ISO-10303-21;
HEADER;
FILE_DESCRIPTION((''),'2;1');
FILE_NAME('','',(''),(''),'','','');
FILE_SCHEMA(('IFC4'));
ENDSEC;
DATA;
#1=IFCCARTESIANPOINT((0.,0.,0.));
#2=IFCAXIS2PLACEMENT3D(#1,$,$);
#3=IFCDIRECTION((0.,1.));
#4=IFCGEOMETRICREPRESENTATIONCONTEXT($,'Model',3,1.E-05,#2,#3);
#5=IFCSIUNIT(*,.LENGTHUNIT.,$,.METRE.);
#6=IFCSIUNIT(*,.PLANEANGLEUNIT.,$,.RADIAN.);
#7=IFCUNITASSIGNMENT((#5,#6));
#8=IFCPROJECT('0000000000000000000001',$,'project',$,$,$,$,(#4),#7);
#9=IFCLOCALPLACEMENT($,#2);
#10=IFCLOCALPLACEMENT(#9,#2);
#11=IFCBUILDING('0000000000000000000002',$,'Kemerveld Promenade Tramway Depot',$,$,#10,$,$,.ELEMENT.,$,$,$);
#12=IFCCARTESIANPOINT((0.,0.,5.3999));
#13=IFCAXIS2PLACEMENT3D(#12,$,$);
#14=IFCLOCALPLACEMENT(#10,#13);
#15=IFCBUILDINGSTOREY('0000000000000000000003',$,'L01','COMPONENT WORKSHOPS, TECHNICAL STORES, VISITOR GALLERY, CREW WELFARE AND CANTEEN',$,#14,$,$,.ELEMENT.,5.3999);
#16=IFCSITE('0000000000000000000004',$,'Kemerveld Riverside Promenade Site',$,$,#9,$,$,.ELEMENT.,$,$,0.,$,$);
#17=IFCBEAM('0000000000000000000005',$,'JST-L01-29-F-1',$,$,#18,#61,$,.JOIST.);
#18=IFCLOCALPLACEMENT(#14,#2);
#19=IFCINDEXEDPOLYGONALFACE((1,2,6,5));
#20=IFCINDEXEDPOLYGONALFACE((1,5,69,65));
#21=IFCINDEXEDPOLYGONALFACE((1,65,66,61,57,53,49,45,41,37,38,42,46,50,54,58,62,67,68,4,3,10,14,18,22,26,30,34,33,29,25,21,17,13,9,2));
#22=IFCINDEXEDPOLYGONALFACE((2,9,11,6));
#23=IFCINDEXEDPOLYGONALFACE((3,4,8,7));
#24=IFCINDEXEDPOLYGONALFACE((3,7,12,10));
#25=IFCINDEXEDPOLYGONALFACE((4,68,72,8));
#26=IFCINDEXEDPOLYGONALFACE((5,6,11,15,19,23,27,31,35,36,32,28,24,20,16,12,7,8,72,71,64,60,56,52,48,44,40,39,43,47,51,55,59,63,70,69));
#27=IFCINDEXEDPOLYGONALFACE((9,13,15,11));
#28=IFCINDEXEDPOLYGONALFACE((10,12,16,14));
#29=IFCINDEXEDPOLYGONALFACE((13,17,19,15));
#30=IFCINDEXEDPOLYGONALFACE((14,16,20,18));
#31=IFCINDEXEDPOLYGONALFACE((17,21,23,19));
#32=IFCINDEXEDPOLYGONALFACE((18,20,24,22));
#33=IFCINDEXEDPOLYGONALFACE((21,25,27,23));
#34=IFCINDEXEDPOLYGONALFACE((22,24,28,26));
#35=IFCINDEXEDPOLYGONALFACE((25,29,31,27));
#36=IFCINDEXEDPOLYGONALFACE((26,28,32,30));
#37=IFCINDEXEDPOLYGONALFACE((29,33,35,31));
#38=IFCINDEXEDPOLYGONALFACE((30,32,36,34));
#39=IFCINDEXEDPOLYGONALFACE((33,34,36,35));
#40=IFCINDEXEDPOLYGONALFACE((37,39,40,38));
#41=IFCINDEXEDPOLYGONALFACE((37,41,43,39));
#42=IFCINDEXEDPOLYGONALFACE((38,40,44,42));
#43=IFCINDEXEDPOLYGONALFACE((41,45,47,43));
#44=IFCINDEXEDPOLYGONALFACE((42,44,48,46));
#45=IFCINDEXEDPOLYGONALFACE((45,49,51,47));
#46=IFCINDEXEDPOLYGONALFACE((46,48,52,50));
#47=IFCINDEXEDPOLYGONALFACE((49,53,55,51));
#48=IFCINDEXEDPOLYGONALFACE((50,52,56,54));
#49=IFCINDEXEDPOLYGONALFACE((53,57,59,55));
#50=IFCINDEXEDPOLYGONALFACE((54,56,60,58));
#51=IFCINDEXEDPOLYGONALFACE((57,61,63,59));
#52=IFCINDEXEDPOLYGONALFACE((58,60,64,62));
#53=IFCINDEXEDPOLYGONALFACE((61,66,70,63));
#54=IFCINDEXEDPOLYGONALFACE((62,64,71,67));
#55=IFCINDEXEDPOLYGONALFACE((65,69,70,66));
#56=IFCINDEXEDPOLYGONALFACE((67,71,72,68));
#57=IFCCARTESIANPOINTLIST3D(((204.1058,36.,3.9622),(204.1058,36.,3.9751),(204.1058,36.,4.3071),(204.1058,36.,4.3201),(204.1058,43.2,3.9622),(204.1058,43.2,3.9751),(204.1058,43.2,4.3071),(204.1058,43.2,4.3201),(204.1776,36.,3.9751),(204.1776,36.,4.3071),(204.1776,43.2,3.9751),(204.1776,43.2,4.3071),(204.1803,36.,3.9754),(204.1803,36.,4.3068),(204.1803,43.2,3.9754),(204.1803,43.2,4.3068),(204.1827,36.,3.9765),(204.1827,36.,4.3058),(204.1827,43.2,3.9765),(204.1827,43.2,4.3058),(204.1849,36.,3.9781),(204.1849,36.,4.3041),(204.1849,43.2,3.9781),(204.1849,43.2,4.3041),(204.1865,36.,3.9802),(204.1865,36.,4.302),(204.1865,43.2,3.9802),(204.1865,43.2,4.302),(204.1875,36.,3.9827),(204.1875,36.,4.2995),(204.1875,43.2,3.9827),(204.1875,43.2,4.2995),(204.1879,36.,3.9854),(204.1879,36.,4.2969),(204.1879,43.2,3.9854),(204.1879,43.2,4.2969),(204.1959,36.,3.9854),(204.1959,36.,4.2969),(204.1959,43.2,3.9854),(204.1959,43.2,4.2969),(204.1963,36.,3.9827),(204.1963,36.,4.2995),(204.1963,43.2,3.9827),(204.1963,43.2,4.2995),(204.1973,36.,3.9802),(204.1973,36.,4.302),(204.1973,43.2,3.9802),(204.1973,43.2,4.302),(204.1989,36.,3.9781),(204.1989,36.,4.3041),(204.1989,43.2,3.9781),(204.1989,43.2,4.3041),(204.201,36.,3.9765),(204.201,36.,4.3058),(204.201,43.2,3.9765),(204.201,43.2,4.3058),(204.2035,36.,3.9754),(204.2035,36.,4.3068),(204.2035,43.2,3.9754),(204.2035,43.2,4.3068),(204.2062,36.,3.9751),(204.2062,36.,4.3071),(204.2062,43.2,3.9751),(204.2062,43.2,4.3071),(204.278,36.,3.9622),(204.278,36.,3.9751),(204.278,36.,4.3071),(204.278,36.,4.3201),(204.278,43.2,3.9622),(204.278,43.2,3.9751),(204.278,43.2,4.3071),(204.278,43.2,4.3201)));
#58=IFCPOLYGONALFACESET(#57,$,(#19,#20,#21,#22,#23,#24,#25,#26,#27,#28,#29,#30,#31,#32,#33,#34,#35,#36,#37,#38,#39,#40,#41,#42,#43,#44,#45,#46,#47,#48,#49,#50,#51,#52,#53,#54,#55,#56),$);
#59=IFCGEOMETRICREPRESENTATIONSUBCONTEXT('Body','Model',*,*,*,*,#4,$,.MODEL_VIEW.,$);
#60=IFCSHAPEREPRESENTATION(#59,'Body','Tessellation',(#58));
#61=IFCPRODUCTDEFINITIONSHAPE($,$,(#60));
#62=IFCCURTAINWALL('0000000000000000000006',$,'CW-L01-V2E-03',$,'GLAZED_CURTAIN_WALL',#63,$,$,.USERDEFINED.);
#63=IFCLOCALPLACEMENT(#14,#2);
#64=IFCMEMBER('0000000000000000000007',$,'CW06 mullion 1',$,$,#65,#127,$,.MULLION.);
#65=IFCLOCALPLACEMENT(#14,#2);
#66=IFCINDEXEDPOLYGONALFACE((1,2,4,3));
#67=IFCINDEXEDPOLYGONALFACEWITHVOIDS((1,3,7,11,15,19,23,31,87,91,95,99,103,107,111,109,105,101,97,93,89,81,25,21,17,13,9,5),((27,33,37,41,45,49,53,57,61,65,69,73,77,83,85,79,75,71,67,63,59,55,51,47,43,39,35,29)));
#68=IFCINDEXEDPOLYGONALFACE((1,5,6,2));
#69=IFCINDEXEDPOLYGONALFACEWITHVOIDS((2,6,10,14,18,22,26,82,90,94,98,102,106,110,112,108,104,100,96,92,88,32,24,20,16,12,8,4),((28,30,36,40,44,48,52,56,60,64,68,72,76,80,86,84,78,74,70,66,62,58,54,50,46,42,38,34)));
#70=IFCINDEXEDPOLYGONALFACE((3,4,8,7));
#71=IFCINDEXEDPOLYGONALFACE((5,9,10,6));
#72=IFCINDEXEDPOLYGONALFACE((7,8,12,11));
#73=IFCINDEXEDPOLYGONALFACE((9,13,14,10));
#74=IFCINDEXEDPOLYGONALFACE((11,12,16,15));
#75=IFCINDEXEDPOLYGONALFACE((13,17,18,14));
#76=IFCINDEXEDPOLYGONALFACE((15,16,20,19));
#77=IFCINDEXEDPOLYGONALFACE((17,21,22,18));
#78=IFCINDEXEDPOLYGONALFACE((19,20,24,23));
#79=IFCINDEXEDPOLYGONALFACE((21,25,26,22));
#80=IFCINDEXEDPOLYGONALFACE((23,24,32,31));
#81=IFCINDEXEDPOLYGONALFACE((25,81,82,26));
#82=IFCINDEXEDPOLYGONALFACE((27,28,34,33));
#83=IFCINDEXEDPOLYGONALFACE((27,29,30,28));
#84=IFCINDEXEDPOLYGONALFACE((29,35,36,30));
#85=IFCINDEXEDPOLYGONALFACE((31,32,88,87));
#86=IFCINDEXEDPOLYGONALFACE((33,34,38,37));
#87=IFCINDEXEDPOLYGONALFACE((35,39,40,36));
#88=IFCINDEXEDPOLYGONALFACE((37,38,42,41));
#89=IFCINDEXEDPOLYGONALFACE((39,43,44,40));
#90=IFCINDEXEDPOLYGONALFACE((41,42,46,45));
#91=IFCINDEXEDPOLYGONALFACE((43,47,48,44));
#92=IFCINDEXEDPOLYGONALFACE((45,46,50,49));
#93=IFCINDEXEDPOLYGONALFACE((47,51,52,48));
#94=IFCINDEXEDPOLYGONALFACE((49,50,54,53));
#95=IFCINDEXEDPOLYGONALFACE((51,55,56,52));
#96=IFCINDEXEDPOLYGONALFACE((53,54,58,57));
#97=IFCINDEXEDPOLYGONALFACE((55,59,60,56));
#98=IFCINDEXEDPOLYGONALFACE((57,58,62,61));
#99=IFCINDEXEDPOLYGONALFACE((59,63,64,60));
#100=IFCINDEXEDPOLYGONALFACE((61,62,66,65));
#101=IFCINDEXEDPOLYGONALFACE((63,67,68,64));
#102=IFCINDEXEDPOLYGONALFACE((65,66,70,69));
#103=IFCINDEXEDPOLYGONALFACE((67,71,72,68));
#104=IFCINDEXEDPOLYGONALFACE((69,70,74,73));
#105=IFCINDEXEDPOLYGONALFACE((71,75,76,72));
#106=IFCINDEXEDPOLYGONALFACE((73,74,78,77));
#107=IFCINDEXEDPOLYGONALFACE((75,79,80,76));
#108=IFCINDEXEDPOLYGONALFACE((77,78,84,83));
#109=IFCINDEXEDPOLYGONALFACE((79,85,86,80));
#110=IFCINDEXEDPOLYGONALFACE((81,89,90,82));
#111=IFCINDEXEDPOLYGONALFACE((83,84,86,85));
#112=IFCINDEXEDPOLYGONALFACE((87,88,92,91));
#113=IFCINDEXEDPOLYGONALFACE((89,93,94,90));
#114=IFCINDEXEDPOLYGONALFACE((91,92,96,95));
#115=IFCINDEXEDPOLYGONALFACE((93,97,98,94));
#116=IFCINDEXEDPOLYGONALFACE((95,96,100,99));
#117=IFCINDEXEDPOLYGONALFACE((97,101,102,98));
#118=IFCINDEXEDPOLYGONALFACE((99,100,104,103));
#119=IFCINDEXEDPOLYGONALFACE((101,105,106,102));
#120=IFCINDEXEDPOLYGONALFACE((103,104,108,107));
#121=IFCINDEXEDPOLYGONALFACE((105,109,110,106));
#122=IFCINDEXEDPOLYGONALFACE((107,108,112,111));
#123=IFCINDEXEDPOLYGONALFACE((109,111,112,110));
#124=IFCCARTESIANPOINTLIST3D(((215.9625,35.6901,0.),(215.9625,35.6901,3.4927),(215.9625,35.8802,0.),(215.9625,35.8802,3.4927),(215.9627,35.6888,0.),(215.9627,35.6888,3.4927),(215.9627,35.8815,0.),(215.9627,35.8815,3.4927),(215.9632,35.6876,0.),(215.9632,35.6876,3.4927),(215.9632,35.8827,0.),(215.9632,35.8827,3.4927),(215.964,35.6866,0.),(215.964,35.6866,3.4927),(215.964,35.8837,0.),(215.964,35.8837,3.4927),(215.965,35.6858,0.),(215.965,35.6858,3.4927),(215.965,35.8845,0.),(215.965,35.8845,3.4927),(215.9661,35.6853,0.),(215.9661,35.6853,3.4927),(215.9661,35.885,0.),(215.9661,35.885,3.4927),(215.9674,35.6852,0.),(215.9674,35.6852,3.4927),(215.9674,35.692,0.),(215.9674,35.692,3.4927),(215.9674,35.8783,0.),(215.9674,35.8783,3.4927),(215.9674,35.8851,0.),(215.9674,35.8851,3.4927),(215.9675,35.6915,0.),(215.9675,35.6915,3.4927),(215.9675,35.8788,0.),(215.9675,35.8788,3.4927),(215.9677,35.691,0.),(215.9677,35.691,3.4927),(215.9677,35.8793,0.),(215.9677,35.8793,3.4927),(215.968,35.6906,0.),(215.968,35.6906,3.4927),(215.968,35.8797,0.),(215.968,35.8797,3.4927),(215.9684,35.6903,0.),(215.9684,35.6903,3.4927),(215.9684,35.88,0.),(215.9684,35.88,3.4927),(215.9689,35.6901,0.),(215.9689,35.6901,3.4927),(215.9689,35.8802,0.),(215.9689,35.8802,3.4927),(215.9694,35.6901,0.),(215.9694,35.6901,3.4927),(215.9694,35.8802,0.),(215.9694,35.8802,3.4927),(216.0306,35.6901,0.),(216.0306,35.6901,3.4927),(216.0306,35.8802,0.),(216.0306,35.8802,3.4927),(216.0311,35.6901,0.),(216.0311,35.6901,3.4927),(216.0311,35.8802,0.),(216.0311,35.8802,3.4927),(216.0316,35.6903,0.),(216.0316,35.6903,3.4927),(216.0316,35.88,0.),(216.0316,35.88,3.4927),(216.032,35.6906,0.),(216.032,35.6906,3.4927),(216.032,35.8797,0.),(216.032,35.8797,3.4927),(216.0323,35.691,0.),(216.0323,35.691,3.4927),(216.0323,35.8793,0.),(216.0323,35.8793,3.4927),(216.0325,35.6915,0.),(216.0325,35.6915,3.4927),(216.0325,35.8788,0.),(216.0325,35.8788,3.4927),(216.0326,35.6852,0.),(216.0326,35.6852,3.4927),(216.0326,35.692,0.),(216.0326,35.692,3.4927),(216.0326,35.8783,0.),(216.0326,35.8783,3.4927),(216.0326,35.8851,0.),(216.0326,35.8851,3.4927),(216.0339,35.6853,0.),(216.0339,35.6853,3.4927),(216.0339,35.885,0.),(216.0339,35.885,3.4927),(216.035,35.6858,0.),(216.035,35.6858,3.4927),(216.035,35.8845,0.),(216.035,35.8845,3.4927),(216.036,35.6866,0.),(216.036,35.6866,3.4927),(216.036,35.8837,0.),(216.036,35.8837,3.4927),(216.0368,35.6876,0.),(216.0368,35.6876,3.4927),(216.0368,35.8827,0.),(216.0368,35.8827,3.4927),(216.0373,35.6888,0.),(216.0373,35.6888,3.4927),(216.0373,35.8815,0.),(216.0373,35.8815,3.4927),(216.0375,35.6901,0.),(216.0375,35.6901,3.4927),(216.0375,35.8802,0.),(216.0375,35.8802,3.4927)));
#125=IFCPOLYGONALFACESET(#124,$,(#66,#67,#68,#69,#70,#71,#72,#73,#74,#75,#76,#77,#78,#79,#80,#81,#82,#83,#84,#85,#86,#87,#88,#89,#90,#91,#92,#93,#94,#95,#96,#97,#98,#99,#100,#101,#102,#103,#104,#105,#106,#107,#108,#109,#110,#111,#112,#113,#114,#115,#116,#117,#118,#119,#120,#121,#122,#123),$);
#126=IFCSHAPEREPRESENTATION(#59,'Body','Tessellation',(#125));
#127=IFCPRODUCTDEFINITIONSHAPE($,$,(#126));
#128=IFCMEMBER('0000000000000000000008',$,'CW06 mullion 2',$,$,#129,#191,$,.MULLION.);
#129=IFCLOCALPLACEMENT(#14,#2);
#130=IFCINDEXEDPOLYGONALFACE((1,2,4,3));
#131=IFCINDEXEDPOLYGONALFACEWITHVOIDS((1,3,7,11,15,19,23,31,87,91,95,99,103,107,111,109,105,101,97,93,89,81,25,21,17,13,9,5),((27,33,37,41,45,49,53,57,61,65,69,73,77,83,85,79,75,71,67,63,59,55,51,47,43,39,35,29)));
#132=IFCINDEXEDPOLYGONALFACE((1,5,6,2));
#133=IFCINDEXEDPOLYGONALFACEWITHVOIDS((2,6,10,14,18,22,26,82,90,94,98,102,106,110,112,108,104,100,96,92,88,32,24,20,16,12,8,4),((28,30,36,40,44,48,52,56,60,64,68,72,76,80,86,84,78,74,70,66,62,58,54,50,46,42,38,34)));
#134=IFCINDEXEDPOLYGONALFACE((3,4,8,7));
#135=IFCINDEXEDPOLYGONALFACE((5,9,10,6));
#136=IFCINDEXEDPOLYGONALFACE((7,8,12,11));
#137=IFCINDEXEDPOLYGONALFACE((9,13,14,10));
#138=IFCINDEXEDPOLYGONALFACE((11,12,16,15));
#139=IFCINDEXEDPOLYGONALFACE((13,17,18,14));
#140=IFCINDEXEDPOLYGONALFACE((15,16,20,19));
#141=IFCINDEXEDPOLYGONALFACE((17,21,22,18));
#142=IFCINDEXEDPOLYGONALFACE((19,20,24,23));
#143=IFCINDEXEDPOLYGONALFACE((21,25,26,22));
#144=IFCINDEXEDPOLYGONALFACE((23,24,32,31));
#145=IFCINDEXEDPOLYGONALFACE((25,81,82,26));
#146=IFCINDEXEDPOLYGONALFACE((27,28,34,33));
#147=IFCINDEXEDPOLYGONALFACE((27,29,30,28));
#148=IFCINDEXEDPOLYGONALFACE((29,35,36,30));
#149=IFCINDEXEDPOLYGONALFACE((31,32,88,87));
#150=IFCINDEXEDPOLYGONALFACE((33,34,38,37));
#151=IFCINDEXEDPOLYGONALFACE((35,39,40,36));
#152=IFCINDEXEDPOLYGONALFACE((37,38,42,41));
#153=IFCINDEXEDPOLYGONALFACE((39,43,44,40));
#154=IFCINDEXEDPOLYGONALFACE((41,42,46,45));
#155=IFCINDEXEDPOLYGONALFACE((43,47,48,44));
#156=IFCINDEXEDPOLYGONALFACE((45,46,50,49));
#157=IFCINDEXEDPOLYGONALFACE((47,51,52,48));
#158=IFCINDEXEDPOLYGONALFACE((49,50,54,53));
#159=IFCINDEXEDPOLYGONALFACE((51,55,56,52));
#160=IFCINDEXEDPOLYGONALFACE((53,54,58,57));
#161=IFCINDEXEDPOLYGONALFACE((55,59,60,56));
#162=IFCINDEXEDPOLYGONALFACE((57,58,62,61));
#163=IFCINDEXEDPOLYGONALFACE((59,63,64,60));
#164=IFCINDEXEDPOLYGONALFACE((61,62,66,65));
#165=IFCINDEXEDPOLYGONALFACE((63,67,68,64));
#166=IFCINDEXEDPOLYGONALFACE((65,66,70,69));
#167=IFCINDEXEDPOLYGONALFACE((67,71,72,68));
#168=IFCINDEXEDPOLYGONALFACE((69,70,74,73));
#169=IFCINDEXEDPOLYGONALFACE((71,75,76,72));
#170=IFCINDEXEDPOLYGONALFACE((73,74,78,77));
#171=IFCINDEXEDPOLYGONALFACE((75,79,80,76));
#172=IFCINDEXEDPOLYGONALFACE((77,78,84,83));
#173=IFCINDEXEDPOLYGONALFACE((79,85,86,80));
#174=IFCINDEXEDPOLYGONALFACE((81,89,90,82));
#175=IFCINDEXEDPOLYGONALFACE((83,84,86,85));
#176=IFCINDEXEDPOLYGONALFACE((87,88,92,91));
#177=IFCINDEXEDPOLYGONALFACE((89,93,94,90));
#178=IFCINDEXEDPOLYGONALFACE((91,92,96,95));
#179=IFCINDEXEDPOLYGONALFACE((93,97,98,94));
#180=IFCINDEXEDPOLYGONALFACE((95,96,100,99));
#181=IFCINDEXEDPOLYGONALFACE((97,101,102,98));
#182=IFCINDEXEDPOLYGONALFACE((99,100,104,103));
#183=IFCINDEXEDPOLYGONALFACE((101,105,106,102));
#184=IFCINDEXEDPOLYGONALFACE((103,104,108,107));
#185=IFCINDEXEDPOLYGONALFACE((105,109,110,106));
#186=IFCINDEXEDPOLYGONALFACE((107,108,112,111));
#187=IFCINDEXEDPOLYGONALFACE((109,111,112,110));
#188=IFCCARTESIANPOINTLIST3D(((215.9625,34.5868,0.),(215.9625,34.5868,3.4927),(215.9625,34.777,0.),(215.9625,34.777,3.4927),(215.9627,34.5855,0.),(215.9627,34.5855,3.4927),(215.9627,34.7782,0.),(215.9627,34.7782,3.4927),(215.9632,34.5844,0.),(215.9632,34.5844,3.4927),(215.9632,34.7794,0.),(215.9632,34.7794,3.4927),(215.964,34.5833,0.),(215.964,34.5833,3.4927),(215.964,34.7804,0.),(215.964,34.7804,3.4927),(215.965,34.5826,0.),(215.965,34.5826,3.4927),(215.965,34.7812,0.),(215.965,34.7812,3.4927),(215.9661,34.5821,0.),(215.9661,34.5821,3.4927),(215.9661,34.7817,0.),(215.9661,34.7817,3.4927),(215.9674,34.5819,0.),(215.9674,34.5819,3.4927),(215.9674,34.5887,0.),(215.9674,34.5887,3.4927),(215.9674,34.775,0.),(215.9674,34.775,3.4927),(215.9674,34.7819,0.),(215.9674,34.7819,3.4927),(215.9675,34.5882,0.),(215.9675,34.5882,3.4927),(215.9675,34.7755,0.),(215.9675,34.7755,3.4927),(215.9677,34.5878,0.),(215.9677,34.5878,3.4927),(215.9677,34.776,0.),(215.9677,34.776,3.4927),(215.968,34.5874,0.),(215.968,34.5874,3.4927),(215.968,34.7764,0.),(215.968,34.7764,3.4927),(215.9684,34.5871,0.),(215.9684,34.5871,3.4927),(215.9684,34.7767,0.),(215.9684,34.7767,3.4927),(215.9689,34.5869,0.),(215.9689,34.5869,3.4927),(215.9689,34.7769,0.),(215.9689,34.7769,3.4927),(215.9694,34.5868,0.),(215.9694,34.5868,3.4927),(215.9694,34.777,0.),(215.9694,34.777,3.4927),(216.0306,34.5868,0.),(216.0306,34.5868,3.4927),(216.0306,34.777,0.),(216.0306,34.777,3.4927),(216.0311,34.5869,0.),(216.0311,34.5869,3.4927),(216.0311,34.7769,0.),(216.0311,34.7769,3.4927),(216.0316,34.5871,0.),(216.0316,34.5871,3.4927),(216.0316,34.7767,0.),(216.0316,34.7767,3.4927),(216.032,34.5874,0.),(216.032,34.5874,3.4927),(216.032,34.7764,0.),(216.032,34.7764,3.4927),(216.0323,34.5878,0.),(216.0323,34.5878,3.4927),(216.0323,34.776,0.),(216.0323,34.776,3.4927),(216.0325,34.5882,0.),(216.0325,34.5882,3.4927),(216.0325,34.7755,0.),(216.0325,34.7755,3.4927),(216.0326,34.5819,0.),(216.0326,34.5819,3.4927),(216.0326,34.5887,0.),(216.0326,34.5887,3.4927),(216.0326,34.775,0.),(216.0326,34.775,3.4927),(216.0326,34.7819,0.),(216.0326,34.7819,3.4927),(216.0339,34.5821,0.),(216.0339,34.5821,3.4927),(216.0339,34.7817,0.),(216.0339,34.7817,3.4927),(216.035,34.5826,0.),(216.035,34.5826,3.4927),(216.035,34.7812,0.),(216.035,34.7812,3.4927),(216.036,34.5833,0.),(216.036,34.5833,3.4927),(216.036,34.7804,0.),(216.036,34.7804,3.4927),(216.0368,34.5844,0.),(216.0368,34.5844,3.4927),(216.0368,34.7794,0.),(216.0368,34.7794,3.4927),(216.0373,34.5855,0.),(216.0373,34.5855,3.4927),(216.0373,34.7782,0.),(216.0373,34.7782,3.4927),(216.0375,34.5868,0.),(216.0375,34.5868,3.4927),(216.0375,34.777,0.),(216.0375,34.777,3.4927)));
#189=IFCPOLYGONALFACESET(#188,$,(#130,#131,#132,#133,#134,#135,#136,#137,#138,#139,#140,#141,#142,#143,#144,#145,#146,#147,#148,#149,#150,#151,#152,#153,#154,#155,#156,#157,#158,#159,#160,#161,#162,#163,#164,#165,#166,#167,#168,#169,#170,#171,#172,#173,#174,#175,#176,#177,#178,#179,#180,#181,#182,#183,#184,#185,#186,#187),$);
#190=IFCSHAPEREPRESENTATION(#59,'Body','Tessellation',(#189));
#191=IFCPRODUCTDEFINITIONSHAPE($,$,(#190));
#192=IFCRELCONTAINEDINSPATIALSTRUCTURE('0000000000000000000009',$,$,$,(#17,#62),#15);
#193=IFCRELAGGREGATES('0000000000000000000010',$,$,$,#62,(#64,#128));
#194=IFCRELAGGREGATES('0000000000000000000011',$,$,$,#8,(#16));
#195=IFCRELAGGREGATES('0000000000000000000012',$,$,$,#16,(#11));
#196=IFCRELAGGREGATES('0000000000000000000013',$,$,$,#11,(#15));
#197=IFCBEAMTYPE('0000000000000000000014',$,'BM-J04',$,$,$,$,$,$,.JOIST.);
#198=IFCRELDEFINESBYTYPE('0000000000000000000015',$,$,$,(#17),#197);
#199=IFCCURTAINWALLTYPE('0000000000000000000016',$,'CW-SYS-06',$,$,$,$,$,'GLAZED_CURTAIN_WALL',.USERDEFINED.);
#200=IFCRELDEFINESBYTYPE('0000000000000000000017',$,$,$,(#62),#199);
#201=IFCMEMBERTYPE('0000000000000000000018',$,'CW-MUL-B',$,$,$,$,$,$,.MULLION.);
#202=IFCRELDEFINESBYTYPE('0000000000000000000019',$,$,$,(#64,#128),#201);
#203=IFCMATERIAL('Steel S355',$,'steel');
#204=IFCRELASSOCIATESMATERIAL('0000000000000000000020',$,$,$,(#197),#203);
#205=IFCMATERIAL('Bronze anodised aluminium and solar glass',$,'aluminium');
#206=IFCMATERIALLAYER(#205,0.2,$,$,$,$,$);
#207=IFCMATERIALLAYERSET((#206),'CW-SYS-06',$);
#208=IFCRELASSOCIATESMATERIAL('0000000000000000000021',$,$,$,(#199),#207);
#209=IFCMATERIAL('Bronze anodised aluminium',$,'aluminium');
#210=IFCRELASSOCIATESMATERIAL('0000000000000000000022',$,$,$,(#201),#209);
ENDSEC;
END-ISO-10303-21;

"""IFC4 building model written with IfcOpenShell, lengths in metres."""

from ifc_helpers import new_model, si_unit, direction, frame, origin, origin_2d, place, context, subcontext, project, spatial, hollow_rectangle, i_section, extrude, material, layer, layer_set, material_profile, profile_set, type_object, element, aggregate, save


model = new_model("IFC4")

# Units and contexts
model_context = context("Model", 3, precision=1e-05, world=origin(), true_north=direction((0.0, 1.0)))
body_context = subcontext(model_context, "Body", "Model", "MODEL_VIEW")
ifc_project = project(units=[si_unit("LENGTHUNIT", "METRE"), si_unit("PLANEANGLEUNIT", "RADIAN")], contexts=[model_context])

# Site, building, storey
site_placement = place(None, origin())
site = spatial("IfcSite", under=ifc_project, at=site_placement, Name="Kemerveld Riverside Promenade Site", CompositionType="ELEMENT", RefElevation=0.0)
building_placement = place(site_placement, origin())
building = spatial("IfcBuilding", under=site, at=building_placement, Name="Kemerveld Promenade Tramway Depot", CompositionType="ELEMENT")
storey_placement = place(building_placement, frame((0.0, 0.0, 5.3999)))
storey = spatial("IfcBuildingStorey", under=building, at=storey_placement, Name="L01", Description="COMPONENT WORKSHOPS, TECHNICAL STORES, VISITOR GALLERY, CREW WELFARE AND CANTEEN", CompositionType="ELEMENT", Elevation=5.3999)

# Beam
ifc_material_1 = material(Name="Steel S355", Category="steel")
ifc_material_profile_1 = material_profile(ifc_material_1, i_section(OverallWidth=0.1721, OverallDepth=0.3579, WebThickness=0.0081, FlangeThickness=0.0129, FilletRadius=0.0103, at=origin_2d()), Name="356x171x57 UB")
ifc_profile_set_1 = profile_set([ifc_material_profile_1], Name="Steel S355")
beam_type = type_object("IfcBeamType", Name="BM-J04", PredefinedType="JOIST", material=ifc_profile_set_1)
beam_placement = place(storey_placement, frame((204.1919, 36.0, 4.1411), z_axis=(0.0, 1.0, 0.0), x_axis=(-1.0, 0.0, 0.0)))
element("IfcBeam", 1, at=beam_placement, inside=storey, type_object=beam_type, Name="JST-L01-29-F-1", PredefinedType="JOIST", context=body_context, shape_type="SweptSolid", body=[
    extrude(i_section(OverallWidth=0.1721, OverallDepth=0.3579, WebThickness=0.0081, FlangeThickness=0.0129, FilletRadius=0.0103, at=origin_2d()), origin(), (0.0, 0.0, 1.0), 7.2),
])

# Curtain wall, members
ifc_material_2 = material(Name="Bronze anodised aluminium and solar glass", Category="aluminium")
ifc_layer_1 = layer(ifc_material_2, 0.2)
ifc_layer_set_1 = layer_set([ifc_layer_1], Name="CW-SYS-06")
curtain_wall_type = type_object("IfcCurtainWallType", Name="CW-SYS-06", ElementType="GLAZED_CURTAIN_WALL", PredefinedType="USERDEFINED", material=ifc_layer_set_1)
curtain_wall_placement = place(storey_placement, origin())
curtain_wall = element("IfcCurtainWall", 2, at=curtain_wall_placement, inside=storey, type_object=curtain_wall_type, Name="CW-L01-V2E-03", ObjectType="GLAZED_CURTAIN_WALL", PredefinedType="USERDEFINED")
ifc_material_3 = material(Name="Bronze anodised aluminium", Category="aluminium")
ifc_material_profile_2 = material_profile(ifc_material_3, hollow_rectangle(XDim=0.075, YDim=0.2, WallThickness=0.0049, InnerFilletRadius=0.002, OuterFilletRadius=0.0049, at=origin_2d()), Name="CW-MUL-200x75")
ifc_profile_set_2 = profile_set([ifc_material_profile_2], Name="Bronze anodised aluminium")
member_type_1 = type_object("IfcMemberType", Name="CW-MUL-B", PredefinedType="MULLION", material=ifc_profile_set_2)
member_1_placement = place(storey_placement, frame((216.0, 35.7852, 0.0), z_axis=(0.0, 0.0, 1.0), x_axis=(1.0, 0.0, 0.0)))
member_1 = element("IfcMember", 3, at=member_1_placement, type_object=member_type_1, Name="CW06 mullion 1", PredefinedType="MULLION", context=body_context, shape_type="SweptSolid", body=[
    extrude(hollow_rectangle(XDim=0.075, YDim=0.2, WallThickness=0.0049, InnerFilletRadius=0.002, OuterFilletRadius=0.0049, at=origin_2d()), origin(), (0.0, 0.0, 1.0), 3.4927),
])
member_2_placement = place(storey_placement, frame((216.0, 34.6819, 0.0), z_axis=(0.0, 0.0, 1.0), x_axis=(1.0, 0.0, 0.0)))
member_2 = element("IfcMember", 4, at=member_2_placement, type_object=member_type_1, Name="CW06 mullion 2", PredefinedType="MULLION", context=body_context, shape_type="SweptSolid", body=[
    extrude(hollow_rectangle(XDim=0.075, YDim=0.2, WallThickness=0.0049, InnerFilletRadius=0.002, OuterFilletRadius=0.0049, at=origin_2d()), origin(), (0.0, 0.0, 1.0), 3.4927),
])
aggregate(curtain_wall, [member_1, member_2])

save(model, "model.ifc")
